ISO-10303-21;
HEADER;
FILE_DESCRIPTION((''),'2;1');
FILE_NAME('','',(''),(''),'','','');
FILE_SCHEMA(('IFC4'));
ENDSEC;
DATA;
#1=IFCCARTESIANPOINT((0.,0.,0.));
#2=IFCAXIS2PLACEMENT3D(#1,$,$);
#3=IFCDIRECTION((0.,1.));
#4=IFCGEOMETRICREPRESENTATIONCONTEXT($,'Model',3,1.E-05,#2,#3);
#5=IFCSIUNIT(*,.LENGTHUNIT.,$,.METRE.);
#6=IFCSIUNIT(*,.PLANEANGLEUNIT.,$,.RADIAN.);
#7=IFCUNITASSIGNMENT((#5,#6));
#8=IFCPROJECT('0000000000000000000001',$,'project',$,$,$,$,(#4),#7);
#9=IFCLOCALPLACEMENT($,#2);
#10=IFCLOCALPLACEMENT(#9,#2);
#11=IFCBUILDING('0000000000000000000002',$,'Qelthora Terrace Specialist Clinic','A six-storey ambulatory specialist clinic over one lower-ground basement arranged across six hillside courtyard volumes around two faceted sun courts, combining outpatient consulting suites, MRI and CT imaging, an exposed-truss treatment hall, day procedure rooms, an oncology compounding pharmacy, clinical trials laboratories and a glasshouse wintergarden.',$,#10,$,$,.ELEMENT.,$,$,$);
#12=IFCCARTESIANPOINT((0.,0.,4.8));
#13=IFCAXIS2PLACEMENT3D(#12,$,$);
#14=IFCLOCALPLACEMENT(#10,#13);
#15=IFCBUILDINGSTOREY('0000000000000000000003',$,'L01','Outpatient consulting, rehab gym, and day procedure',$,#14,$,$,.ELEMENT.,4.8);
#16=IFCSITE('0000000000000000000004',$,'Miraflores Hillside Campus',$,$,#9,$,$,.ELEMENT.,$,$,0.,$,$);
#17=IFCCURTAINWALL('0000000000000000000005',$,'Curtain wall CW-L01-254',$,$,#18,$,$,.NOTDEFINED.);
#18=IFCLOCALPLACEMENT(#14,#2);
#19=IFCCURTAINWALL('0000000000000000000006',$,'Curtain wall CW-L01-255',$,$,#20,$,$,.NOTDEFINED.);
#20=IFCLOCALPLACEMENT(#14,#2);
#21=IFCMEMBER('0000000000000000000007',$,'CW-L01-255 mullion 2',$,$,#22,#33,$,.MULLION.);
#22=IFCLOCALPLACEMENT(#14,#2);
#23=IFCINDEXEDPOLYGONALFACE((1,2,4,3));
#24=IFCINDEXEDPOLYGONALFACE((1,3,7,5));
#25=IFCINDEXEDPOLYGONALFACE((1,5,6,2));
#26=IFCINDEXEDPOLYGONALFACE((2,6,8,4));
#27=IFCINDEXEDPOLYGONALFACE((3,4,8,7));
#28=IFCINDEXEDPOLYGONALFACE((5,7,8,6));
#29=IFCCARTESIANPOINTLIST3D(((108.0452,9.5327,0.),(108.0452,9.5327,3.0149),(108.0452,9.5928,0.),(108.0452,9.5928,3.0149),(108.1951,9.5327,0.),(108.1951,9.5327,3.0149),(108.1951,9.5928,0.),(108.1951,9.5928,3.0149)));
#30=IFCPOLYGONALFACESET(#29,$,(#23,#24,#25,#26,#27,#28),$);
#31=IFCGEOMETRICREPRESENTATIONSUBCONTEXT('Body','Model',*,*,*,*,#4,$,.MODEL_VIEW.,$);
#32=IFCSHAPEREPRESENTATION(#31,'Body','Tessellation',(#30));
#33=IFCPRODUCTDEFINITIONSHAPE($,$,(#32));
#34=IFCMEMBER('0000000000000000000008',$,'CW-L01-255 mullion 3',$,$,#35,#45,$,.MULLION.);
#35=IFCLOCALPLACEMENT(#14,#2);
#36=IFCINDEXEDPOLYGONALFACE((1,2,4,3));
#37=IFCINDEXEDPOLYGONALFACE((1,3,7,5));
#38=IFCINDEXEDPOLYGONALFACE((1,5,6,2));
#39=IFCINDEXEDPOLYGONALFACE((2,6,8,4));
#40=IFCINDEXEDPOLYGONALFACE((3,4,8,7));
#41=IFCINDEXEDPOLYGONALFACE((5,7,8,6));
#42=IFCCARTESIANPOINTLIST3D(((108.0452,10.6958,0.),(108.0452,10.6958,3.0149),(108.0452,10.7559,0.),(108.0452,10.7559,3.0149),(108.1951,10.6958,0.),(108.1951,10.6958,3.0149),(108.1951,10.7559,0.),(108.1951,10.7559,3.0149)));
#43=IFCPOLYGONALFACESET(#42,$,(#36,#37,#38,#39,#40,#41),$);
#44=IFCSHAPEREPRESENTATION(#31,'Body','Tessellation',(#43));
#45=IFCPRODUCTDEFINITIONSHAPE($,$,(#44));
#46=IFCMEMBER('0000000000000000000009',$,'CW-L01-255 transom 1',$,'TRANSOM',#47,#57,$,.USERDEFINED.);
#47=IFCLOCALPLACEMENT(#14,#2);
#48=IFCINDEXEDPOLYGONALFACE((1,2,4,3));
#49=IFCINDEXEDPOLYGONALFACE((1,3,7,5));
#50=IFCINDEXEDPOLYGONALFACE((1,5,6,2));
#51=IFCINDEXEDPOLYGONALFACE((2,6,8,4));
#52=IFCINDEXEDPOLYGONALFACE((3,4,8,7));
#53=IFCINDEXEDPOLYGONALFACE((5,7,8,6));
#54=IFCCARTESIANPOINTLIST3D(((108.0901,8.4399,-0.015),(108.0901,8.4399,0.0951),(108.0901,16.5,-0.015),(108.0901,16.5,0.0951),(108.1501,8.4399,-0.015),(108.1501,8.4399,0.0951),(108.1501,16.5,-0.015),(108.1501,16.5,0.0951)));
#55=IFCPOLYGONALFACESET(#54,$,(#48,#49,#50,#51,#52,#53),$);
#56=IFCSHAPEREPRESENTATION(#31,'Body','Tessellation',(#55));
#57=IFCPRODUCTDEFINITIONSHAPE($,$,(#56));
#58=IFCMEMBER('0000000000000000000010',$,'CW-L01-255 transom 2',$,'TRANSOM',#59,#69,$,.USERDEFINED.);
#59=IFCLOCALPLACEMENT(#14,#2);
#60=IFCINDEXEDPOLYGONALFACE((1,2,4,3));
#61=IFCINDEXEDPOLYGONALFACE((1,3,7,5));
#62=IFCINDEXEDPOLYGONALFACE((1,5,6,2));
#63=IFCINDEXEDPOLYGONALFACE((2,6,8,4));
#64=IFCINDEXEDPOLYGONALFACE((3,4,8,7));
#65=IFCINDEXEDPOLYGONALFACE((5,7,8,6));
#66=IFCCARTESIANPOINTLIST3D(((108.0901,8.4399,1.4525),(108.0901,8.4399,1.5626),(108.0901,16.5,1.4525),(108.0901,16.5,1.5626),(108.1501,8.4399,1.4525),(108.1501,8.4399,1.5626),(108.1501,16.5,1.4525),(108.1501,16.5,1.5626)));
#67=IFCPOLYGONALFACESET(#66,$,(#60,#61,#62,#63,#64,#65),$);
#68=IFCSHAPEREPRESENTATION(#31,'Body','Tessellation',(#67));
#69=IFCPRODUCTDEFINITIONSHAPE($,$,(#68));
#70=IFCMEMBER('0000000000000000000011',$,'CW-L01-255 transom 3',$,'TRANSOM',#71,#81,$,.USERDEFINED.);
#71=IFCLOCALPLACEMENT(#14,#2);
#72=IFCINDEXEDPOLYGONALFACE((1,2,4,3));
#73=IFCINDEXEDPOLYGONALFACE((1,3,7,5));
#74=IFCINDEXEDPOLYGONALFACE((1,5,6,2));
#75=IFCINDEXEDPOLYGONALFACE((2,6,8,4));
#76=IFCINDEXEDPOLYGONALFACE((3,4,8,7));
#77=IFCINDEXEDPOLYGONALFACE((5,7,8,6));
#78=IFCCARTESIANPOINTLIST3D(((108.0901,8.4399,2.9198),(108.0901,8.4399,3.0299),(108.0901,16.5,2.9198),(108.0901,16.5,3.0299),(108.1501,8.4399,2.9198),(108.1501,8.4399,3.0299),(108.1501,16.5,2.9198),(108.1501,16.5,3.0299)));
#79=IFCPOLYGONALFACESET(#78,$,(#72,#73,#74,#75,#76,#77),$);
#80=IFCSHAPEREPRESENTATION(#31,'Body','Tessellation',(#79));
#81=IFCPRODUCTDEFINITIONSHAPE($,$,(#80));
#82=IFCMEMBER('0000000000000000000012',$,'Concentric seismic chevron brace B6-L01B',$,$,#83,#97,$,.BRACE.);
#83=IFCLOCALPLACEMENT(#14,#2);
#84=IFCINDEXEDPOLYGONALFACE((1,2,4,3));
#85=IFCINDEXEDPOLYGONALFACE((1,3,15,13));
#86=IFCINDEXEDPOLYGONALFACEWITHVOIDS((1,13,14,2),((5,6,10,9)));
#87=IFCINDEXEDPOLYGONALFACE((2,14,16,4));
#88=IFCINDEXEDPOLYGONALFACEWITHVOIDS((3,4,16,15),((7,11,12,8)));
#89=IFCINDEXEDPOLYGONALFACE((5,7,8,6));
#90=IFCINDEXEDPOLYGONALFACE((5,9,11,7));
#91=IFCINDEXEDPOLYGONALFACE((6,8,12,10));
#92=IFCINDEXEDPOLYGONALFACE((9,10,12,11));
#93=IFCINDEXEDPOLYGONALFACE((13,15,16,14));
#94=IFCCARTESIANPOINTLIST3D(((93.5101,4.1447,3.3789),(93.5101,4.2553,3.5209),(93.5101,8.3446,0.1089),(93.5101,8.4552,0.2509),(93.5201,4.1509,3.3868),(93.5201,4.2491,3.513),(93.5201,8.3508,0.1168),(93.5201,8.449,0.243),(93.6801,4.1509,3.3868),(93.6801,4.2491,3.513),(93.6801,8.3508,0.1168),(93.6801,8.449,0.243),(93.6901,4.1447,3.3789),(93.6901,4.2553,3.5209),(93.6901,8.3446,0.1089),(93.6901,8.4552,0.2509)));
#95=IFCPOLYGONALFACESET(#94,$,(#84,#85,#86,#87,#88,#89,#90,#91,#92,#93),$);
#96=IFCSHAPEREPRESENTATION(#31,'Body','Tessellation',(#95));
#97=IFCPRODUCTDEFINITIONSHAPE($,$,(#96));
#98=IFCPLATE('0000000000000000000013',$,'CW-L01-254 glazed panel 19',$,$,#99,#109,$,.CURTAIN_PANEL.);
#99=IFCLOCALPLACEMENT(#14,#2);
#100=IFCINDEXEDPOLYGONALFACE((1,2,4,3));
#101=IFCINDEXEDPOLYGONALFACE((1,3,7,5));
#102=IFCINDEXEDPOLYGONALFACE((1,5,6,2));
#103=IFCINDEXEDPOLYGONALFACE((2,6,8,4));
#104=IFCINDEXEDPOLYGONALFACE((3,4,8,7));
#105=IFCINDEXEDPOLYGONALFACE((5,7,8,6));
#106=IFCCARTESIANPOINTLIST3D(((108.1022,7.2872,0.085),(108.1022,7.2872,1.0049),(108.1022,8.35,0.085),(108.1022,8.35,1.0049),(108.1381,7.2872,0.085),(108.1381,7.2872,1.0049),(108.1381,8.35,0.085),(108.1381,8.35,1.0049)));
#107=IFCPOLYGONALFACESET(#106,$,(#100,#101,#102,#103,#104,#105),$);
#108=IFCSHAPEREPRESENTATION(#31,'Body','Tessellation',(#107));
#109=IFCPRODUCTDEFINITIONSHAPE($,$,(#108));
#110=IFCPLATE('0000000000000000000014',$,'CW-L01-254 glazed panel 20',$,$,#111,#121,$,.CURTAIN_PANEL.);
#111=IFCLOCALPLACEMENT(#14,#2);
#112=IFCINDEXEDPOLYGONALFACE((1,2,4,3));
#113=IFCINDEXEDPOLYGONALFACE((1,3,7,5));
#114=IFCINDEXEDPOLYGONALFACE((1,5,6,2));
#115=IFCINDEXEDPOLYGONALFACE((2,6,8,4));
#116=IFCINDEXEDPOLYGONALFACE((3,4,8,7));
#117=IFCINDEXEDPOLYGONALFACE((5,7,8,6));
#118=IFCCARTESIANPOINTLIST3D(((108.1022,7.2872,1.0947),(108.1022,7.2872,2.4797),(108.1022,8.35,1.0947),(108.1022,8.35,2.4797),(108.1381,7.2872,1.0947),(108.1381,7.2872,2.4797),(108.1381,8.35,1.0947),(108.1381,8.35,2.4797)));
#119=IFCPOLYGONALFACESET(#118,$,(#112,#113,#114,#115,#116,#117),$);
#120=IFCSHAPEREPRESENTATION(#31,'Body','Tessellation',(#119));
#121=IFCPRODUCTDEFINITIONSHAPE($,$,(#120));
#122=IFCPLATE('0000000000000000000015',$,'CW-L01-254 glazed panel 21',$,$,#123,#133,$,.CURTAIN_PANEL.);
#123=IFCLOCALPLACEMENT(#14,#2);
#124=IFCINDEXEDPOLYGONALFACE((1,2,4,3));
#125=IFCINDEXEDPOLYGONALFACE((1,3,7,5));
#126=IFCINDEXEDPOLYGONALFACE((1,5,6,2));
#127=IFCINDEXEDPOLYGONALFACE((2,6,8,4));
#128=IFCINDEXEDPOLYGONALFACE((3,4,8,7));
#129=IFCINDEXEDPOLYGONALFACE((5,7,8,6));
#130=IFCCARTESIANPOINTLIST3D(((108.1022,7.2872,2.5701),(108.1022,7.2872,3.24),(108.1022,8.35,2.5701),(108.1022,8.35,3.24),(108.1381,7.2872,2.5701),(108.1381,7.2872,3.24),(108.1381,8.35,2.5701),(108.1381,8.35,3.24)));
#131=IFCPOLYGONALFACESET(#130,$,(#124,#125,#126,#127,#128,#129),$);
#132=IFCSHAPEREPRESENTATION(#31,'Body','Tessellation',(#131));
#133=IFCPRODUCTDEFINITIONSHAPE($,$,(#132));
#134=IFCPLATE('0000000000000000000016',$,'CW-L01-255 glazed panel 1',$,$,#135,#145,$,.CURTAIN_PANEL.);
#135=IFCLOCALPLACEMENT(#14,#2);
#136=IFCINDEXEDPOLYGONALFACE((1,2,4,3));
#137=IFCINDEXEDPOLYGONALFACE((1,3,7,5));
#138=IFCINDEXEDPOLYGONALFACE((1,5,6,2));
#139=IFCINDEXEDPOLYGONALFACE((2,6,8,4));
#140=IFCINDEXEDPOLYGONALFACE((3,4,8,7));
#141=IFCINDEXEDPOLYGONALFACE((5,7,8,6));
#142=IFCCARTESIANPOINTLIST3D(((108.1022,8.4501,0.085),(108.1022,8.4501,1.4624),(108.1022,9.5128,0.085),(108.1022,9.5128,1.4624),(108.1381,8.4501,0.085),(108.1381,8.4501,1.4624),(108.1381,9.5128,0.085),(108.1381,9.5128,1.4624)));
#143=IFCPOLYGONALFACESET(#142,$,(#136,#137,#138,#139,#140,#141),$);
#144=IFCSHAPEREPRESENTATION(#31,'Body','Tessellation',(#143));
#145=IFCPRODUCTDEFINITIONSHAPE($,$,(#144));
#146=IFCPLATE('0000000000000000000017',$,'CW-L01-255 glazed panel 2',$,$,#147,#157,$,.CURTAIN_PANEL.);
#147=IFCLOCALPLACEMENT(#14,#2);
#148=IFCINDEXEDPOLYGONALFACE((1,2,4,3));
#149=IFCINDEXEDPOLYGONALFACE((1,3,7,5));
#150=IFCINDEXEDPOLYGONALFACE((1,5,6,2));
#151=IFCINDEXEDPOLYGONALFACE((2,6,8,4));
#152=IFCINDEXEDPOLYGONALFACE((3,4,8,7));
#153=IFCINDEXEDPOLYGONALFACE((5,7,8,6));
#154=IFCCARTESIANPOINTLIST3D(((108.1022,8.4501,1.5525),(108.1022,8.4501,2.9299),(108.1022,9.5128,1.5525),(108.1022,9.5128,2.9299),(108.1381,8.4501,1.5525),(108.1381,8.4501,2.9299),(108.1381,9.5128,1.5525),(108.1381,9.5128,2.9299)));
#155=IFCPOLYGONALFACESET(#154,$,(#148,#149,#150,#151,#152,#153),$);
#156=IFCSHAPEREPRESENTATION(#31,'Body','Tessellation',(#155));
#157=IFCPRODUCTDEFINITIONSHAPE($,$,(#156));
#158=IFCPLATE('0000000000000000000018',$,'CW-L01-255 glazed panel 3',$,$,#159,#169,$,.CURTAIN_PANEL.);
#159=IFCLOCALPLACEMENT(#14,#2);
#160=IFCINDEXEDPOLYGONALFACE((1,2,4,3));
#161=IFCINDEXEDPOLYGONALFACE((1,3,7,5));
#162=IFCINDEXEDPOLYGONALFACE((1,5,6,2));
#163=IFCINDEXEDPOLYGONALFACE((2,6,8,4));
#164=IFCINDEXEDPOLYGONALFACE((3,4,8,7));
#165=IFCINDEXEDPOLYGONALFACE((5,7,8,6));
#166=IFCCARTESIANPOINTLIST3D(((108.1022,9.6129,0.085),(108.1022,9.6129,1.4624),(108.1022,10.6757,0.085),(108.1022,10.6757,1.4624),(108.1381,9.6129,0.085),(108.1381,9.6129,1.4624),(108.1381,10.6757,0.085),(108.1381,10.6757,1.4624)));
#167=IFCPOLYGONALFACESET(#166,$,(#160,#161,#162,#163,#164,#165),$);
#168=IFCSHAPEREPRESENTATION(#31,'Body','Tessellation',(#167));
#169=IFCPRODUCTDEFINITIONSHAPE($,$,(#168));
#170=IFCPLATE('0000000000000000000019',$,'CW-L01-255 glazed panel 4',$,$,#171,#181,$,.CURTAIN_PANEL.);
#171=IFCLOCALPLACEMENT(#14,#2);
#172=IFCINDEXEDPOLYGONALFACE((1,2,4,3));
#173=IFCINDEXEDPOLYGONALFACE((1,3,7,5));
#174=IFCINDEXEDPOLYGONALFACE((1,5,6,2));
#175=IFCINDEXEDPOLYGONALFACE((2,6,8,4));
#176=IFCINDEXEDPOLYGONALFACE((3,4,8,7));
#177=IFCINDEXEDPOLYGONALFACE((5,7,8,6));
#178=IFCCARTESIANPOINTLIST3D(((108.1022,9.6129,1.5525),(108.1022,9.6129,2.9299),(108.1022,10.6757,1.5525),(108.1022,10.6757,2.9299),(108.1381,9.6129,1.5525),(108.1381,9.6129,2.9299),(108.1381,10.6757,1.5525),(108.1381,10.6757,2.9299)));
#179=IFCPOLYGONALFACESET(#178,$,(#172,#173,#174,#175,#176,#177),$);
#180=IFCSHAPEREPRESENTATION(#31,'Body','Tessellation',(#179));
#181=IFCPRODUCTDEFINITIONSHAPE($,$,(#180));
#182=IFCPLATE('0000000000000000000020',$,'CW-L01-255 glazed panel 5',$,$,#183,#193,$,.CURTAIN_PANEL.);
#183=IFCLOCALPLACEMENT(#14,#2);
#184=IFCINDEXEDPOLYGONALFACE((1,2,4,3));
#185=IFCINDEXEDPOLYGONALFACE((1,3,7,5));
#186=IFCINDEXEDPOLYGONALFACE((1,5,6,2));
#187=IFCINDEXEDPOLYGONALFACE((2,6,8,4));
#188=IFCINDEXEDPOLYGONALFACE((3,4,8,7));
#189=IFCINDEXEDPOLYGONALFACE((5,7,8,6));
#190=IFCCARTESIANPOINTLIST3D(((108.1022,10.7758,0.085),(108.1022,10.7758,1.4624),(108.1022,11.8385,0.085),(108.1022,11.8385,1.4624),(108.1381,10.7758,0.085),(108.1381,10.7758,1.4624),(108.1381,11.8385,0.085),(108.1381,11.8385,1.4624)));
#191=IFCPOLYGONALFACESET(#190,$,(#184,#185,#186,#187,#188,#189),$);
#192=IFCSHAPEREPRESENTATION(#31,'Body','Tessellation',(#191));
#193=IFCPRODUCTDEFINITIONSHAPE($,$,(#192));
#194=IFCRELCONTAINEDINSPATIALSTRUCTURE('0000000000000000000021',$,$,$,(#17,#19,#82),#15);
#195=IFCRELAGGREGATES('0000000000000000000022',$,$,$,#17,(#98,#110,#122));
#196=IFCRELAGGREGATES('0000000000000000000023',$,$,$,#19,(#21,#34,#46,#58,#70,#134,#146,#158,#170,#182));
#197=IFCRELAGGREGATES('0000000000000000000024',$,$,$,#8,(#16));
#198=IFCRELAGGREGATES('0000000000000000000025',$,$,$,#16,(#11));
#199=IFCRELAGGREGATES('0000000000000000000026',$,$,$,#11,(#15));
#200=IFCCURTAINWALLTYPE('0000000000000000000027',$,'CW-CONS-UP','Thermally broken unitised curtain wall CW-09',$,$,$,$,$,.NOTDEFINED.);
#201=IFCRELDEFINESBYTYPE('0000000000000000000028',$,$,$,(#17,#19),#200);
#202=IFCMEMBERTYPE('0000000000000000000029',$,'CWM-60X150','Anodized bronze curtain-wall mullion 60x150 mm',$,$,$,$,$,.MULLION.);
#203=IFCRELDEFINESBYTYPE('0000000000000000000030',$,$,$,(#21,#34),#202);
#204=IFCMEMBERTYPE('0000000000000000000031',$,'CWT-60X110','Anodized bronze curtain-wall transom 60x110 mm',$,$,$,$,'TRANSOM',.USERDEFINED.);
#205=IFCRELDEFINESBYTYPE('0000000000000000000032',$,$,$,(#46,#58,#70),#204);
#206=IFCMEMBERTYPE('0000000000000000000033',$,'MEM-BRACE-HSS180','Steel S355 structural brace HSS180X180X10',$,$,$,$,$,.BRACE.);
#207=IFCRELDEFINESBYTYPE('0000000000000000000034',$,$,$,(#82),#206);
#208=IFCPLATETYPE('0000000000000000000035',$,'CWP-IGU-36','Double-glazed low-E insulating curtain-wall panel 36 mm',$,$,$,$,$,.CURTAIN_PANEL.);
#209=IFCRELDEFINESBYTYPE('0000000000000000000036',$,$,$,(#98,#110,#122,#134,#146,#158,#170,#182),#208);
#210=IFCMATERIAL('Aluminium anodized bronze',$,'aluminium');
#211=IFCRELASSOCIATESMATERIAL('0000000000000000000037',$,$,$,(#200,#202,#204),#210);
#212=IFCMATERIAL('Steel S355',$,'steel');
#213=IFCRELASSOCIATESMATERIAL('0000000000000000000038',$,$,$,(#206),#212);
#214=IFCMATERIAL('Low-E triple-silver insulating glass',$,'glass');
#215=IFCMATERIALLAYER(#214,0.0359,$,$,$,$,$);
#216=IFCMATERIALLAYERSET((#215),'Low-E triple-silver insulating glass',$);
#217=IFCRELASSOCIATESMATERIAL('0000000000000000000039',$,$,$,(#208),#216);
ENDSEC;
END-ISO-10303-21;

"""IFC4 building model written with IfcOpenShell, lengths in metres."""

from ifc_helpers import new_model, si_unit, direction, frame, origin, origin_2d, place, context, subcontext, project, spatial, rectangle, hollow_rectangle, extrude, material, layer, layer_set, material_profile, profile_set, type_object, element, aggregate, save


model = new_model("IFC4")

# Units and contexts
model_context = context("Model", 3, precision=1e-05, world=origin(), true_north=direction((0.0, 1.0)))
body_context = subcontext(model_context, "Body", "Model", "MODEL_VIEW")
ifc_project = project(units=[si_unit("LENGTHUNIT", "METRE"), si_unit("PLANEANGLEUNIT", "RADIAN")], contexts=[model_context])

# Site, building, storey
site_placement = place(None, origin())
site = spatial("IfcSite", under=ifc_project, at=site_placement, Name="Miraflores Hillside Campus", CompositionType="ELEMENT", RefElevation=0.0)
building_placement = place(site_placement, origin())
building = spatial("IfcBuilding", under=site, at=building_placement, Name="Qelthora Terrace Specialist Clinic", Description="A six-storey ambulatory specialist clinic over one lower-ground basement arranged across six hillside courtyard volumes around two faceted sun courts, combining outpatient consulting suites, MRI and CT imaging, an exposed-truss treatment hall, day procedure rooms, an oncology compounding pharmacy, clinical trials laboratories and a glasshouse wintergarden.", CompositionType="ELEMENT")
storey_placement = place(building_placement, frame((0.0, 0.0, 4.8)))
storey = spatial("IfcBuildingStorey", under=building, at=storey_placement, Name="L01", Description="Outpatient consulting, rehab gym, and day procedure", CompositionType="ELEMENT", Elevation=4.8)

# Shared definitions
ifc_material_1 = material(Name="Steel S355", Category="steel")

# Curtain walls, members
ifc_material_2 = material(Name="Aluminium anodized bronze", Category="aluminium")
curtain_wall_type = type_object("IfcCurtainWallType", Name="CW-CONS-UP", Description="Thermally broken unitised curtain wall CW-09", PredefinedType="NOTDEFINED", material=ifc_material_2)
curtain_wall_1_placement = place(storey_placement, origin())
curtain_wall_1 = element("IfcCurtainWall", 1, at=curtain_wall_1_placement, inside=storey, type_object=curtain_wall_type, Name="Curtain wall CW-L01-254", PredefinedType="NOTDEFINED")
ifc_material_profile_1 = material_profile(ifc_material_2, rectangle(XDim=0.0601, YDim=0.1499, at=origin_2d()), Name="CWM60X150")
ifc_profile_set_1 = profile_set([ifc_material_profile_1], Name="Aluminium anodized bronze")
member_type_1 = type_object("IfcMemberType", Name="CWM-60X150", Description="Anodized bronze curtain-wall mullion 60x150 mm", PredefinedType="MULLION", material=ifc_profile_set_1)
curtain_wall_2_placement = place(storey_placement, origin())
curtain_wall_2 = element("IfcCurtainWall", 2, at=curtain_wall_2_placement, inside=storey, type_object=curtain_wall_type, Name="Curtain wall CW-L01-255", PredefinedType="NOTDEFINED")
member_1_placement = place(storey_placement, frame((108.1201, 9.5627, 0.0), z_axis=(0.0, 0.0, 1.0), x_axis=(0.0, 1.0, 0.0)))
member_1 = element("IfcMember", 3, at=member_1_placement, type_object=member_type_1, Name="CW-L01-255 mullion 2", PredefinedType="MULLION", context=body_context, shape_type="SweptSolid", body=[
    extrude(rectangle(XDim=0.0601, YDim=0.1499, at=origin_2d()), origin(), (0.0, 0.0, 1.0), 3.0149),
])
member_2_placement = place(storey_placement, frame((108.1201, 10.7258, 0.0), z_axis=(0.0, 0.0, 1.0), x_axis=(0.0, 1.0, 0.0)))
member_2 = element("IfcMember", 4, at=member_2_placement, type_object=member_type_1, Name="CW-L01-255 mullion 3", PredefinedType="MULLION", context=body_context, shape_type="SweptSolid", body=[
    extrude(rectangle(XDim=0.0601, YDim=0.1499, at=origin_2d()), origin(), (0.0, 0.0, 1.0), 3.0149),
])
ifc_material_profile_2 = material_profile(ifc_material_2, rectangle(XDim=0.0601, YDim=0.1101, at=origin_2d()), Name="CWT60X110")
ifc_profile_set_2 = profile_set([ifc_material_profile_2], Name="Aluminium anodized bronze")
member_type_2 = type_object("IfcMemberType", Name="CWT-60X110", Description="Anodized bronze curtain-wall transom 60x110 mm", ElementType="TRANSOM", PredefinedType="USERDEFINED", material=ifc_profile_set_2)
member_3_placement = place(storey_placement, frame((108.1201, 8.4399, 0.04), z_axis=(0.0, 1.0, 0.0), x_axis=(-1.0, 0.0, 0.0)))
member_3 = element("IfcMember", 5, at=member_3_placement, type_object=member_type_2, Name="CW-L01-255 transom 1", ObjectType="TRANSOM", PredefinedType="USERDEFINED", context=body_context, shape_type="SweptSolid", body=[
    extrude(rectangle(XDim=0.0601, YDim=0.1101, at=origin_2d()), origin(), (0.0, 0.0, 1.0), 8.0601),
])
member_4_placement = place(storey_placement, frame((108.1201, 8.4399, 1.5076), z_axis=(0.0, 1.0, 0.0), x_axis=(-1.0, 0.0, 0.0)))
member_4 = element("IfcMember", 6, at=member_4_placement, type_object=member_type_2, Name="CW-L01-255 transom 2", ObjectType="TRANSOM", PredefinedType="USERDEFINED", context=body_context, shape_type="SweptSolid", body=[
    extrude(rectangle(XDim=0.0601, YDim=0.1101, at=origin_2d()), origin(), (0.0, 0.0, 1.0), 8.0601),
])
member_5_placement = place(storey_placement, frame((108.1201, 8.4399, 2.9749), z_axis=(0.0, 1.0, 0.0), x_axis=(-1.0, 0.0, 0.0)))
member_5 = element("IfcMember", 7, at=member_5_placement, type_object=member_type_2, Name="CW-L01-255 transom 3", ObjectType="TRANSOM", PredefinedType="USERDEFINED", context=body_context, shape_type="SweptSolid", body=[
    extrude(rectangle(XDim=0.0601, YDim=0.1101, at=origin_2d()), origin(), (0.0, 0.0, 1.0), 8.0601),
])

# Member
ifc_material_profile_3 = material_profile(ifc_material_1, hollow_rectangle(XDim=0.1799, YDim=0.1799, WallThickness=0.01, at=origin_2d()), Name="HSS180X180X10")
ifc_profile_set_3 = profile_set([ifc_material_profile_3], Name="Steel S355")
member_type_3 = type_object("IfcMemberType", Name="MEM-BRACE-HSS180", Description="Steel S355 structural brace HSS180X180X10", PredefinedType="BRACE", material=ifc_profile_set_3)
member_6_placement = place(storey_placement, frame((93.6001, 8.3999, 0.1799), z_axis=(0.0, -0.789043, 0.614337), x_axis=(1.0, 0.0, 0.0)))
element("IfcMember", 8, at=member_6_placement, inside=storey, type_object=member_type_3, Name="Concentric seismic chevron brace B6-L01B", PredefinedType="BRACE", context=body_context, shape_type="SweptSolid", body=[
    extrude(hollow_rectangle(XDim=0.1799, YDim=0.1799, WallThickness=0.01, at=origin_2d()), origin(), (0.0, 0.0, 1.0), 5.3228),
])

# Plates
ifc_material_3 = material(Name="Low-E triple-silver insulating glass", Category="glass")
ifc_layer_1 = layer(ifc_material_3, 0.0359)
ifc_layer_set_1 = layer_set([ifc_layer_1], Name="Low-E triple-silver insulating glass")
plate_type_1 = type_object("IfcPlateType", Name="CWP-IGU-36", Description="Double-glazed low-E insulating curtain-wall panel 36 mm", PredefinedType="CURTAIN_PANEL", material=ifc_layer_set_1)
plate_1_placement = place(storey_placement, frame((108.1201, 7.8186, 0.085), z_axis=(0.0, 0.0, 1.0), x_axis=(0.0, 1.0, 0.0)))
plate_1 = element("IfcPlate", 9, at=plate_1_placement, type_object=plate_type_1, Name="CW-L01-254 glazed panel 19", PredefinedType="CURTAIN_PANEL", context=body_context, shape_type="SweptSolid", body=[
    extrude(rectangle(XDim=1.0627, YDim=0.0359, at=origin_2d()), origin(), (0.0, 0.0, 1.0), 0.9199),
])
plate_2_placement = place(storey_placement, frame((108.1201, 7.8186, 1.0947), z_axis=(0.0, 0.0, 1.0), x_axis=(0.0, 1.0, 0.0)))
plate_2 = element("IfcPlate", 10, at=plate_2_placement, type_object=plate_type_1, Name="CW-L01-254 glazed panel 20", PredefinedType="CURTAIN_PANEL", context=body_context, shape_type="SweptSolid", body=[
    extrude(rectangle(XDim=1.0627, YDim=0.0359, at=origin_2d()), origin(), (0.0, 0.0, 1.0), 1.385),
])
plate_3_placement = place(storey_placement, frame((108.1201, 7.8186, 2.5701), z_axis=(0.0, 0.0, 1.0), x_axis=(0.0, 1.0, 0.0)))
plate_3 = element("IfcPlate", 11, at=plate_3_placement, type_object=plate_type_1, Name="CW-L01-254 glazed panel 21", PredefinedType="CURTAIN_PANEL", context=body_context, shape_type="SweptSolid", body=[
    extrude(rectangle(XDim=1.0627, YDim=0.0359, at=origin_2d()), origin(), (0.0, 0.0, 1.0), 0.6699),
])
aggregate(curtain_wall_1, [plate_1, plate_2, plate_3])
plate_4_placement = place(storey_placement, frame((108.1201, 8.9814, 0.085), z_axis=(0.0, 0.0, 1.0), x_axis=(0.0, 1.0, 0.0)))
plate_4 = element("IfcPlate", 12, at=plate_4_placement, type_object=plate_type_1, Name="CW-L01-255 glazed panel 1", PredefinedType="CURTAIN_PANEL", context=body_context, shape_type="SweptSolid", body=[
    extrude(rectangle(XDim=1.0627, YDim=0.0359, at=origin_2d()), origin(), (0.0, 0.0, 1.0), 1.3774),
])
plate_5_placement = place(storey_placement, frame((108.1201, 8.9814, 1.5525), z_axis=(0.0, 0.0, 1.0), x_axis=(0.0, 1.0, 0.0)))
plate_5 = element("IfcPlate", 13, at=plate_5_placement, type_object=plate_type_1, Name="CW-L01-255 glazed panel 2", PredefinedType="CURTAIN_PANEL", context=body_context, shape_type="SweptSolid", body=[
    extrude(rectangle(XDim=1.0627, YDim=0.0359, at=origin_2d()), origin(), (0.0, 0.0, 1.0), 1.3774),
])
plate_6_placement = place(storey_placement, frame((108.1201, 10.1443, 0.085), z_axis=(0.0, 0.0, 1.0), x_axis=(0.0, 1.0, 0.0)))
plate_6 = element("IfcPlate", 14, at=plate_6_placement, type_object=plate_type_1, Name="CW-L01-255 glazed panel 3", PredefinedType="CURTAIN_PANEL", context=body_context, shape_type="SweptSolid", body=[
    extrude(rectangle(XDim=1.0627, YDim=0.0359, at=origin_2d()), origin(), (0.0, 0.0, 1.0), 1.3774),
])
plate_7_placement = place(storey_placement, frame((108.1201, 10.1443, 1.5525), z_axis=(0.0, 0.0, 1.0), x_axis=(0.0, 1.0, 0.0)))
plate_7 = element("IfcPlate", 15, at=plate_7_placement, type_object=plate_type_1, Name="CW-L01-255 glazed panel 4", PredefinedType="CURTAIN_PANEL", context=body_context, shape_type="SweptSolid", body=[
    extrude(rectangle(XDim=1.0627, YDim=0.0359, at=origin_2d()), origin(), (0.0, 0.0, 1.0), 1.3774),
])
plate_8_placement = place(storey_placement, frame((108.1201, 11.3071, 0.085), z_axis=(0.0, 0.0, 1.0), x_axis=(0.0, 1.0, 0.0)))
plate_8 = element("IfcPlate", 16, at=plate_8_placement, type_object=plate_type_1, Name="CW-L01-255 glazed panel 5", PredefinedType="CURTAIN_PANEL", context=body_context, shape_type="SweptSolid", body=[
    extrude(rectangle(XDim=1.0627, YDim=0.0359, at=origin_2d()), origin(), (0.0, 0.0, 1.0), 1.3774),
])
aggregate(curtain_wall_2, [member_1, member_2, member_3, member_4, member_5, plate_4, plate_5, plate_6, plate_7, plate_8])

save(model, "model.ifc")
